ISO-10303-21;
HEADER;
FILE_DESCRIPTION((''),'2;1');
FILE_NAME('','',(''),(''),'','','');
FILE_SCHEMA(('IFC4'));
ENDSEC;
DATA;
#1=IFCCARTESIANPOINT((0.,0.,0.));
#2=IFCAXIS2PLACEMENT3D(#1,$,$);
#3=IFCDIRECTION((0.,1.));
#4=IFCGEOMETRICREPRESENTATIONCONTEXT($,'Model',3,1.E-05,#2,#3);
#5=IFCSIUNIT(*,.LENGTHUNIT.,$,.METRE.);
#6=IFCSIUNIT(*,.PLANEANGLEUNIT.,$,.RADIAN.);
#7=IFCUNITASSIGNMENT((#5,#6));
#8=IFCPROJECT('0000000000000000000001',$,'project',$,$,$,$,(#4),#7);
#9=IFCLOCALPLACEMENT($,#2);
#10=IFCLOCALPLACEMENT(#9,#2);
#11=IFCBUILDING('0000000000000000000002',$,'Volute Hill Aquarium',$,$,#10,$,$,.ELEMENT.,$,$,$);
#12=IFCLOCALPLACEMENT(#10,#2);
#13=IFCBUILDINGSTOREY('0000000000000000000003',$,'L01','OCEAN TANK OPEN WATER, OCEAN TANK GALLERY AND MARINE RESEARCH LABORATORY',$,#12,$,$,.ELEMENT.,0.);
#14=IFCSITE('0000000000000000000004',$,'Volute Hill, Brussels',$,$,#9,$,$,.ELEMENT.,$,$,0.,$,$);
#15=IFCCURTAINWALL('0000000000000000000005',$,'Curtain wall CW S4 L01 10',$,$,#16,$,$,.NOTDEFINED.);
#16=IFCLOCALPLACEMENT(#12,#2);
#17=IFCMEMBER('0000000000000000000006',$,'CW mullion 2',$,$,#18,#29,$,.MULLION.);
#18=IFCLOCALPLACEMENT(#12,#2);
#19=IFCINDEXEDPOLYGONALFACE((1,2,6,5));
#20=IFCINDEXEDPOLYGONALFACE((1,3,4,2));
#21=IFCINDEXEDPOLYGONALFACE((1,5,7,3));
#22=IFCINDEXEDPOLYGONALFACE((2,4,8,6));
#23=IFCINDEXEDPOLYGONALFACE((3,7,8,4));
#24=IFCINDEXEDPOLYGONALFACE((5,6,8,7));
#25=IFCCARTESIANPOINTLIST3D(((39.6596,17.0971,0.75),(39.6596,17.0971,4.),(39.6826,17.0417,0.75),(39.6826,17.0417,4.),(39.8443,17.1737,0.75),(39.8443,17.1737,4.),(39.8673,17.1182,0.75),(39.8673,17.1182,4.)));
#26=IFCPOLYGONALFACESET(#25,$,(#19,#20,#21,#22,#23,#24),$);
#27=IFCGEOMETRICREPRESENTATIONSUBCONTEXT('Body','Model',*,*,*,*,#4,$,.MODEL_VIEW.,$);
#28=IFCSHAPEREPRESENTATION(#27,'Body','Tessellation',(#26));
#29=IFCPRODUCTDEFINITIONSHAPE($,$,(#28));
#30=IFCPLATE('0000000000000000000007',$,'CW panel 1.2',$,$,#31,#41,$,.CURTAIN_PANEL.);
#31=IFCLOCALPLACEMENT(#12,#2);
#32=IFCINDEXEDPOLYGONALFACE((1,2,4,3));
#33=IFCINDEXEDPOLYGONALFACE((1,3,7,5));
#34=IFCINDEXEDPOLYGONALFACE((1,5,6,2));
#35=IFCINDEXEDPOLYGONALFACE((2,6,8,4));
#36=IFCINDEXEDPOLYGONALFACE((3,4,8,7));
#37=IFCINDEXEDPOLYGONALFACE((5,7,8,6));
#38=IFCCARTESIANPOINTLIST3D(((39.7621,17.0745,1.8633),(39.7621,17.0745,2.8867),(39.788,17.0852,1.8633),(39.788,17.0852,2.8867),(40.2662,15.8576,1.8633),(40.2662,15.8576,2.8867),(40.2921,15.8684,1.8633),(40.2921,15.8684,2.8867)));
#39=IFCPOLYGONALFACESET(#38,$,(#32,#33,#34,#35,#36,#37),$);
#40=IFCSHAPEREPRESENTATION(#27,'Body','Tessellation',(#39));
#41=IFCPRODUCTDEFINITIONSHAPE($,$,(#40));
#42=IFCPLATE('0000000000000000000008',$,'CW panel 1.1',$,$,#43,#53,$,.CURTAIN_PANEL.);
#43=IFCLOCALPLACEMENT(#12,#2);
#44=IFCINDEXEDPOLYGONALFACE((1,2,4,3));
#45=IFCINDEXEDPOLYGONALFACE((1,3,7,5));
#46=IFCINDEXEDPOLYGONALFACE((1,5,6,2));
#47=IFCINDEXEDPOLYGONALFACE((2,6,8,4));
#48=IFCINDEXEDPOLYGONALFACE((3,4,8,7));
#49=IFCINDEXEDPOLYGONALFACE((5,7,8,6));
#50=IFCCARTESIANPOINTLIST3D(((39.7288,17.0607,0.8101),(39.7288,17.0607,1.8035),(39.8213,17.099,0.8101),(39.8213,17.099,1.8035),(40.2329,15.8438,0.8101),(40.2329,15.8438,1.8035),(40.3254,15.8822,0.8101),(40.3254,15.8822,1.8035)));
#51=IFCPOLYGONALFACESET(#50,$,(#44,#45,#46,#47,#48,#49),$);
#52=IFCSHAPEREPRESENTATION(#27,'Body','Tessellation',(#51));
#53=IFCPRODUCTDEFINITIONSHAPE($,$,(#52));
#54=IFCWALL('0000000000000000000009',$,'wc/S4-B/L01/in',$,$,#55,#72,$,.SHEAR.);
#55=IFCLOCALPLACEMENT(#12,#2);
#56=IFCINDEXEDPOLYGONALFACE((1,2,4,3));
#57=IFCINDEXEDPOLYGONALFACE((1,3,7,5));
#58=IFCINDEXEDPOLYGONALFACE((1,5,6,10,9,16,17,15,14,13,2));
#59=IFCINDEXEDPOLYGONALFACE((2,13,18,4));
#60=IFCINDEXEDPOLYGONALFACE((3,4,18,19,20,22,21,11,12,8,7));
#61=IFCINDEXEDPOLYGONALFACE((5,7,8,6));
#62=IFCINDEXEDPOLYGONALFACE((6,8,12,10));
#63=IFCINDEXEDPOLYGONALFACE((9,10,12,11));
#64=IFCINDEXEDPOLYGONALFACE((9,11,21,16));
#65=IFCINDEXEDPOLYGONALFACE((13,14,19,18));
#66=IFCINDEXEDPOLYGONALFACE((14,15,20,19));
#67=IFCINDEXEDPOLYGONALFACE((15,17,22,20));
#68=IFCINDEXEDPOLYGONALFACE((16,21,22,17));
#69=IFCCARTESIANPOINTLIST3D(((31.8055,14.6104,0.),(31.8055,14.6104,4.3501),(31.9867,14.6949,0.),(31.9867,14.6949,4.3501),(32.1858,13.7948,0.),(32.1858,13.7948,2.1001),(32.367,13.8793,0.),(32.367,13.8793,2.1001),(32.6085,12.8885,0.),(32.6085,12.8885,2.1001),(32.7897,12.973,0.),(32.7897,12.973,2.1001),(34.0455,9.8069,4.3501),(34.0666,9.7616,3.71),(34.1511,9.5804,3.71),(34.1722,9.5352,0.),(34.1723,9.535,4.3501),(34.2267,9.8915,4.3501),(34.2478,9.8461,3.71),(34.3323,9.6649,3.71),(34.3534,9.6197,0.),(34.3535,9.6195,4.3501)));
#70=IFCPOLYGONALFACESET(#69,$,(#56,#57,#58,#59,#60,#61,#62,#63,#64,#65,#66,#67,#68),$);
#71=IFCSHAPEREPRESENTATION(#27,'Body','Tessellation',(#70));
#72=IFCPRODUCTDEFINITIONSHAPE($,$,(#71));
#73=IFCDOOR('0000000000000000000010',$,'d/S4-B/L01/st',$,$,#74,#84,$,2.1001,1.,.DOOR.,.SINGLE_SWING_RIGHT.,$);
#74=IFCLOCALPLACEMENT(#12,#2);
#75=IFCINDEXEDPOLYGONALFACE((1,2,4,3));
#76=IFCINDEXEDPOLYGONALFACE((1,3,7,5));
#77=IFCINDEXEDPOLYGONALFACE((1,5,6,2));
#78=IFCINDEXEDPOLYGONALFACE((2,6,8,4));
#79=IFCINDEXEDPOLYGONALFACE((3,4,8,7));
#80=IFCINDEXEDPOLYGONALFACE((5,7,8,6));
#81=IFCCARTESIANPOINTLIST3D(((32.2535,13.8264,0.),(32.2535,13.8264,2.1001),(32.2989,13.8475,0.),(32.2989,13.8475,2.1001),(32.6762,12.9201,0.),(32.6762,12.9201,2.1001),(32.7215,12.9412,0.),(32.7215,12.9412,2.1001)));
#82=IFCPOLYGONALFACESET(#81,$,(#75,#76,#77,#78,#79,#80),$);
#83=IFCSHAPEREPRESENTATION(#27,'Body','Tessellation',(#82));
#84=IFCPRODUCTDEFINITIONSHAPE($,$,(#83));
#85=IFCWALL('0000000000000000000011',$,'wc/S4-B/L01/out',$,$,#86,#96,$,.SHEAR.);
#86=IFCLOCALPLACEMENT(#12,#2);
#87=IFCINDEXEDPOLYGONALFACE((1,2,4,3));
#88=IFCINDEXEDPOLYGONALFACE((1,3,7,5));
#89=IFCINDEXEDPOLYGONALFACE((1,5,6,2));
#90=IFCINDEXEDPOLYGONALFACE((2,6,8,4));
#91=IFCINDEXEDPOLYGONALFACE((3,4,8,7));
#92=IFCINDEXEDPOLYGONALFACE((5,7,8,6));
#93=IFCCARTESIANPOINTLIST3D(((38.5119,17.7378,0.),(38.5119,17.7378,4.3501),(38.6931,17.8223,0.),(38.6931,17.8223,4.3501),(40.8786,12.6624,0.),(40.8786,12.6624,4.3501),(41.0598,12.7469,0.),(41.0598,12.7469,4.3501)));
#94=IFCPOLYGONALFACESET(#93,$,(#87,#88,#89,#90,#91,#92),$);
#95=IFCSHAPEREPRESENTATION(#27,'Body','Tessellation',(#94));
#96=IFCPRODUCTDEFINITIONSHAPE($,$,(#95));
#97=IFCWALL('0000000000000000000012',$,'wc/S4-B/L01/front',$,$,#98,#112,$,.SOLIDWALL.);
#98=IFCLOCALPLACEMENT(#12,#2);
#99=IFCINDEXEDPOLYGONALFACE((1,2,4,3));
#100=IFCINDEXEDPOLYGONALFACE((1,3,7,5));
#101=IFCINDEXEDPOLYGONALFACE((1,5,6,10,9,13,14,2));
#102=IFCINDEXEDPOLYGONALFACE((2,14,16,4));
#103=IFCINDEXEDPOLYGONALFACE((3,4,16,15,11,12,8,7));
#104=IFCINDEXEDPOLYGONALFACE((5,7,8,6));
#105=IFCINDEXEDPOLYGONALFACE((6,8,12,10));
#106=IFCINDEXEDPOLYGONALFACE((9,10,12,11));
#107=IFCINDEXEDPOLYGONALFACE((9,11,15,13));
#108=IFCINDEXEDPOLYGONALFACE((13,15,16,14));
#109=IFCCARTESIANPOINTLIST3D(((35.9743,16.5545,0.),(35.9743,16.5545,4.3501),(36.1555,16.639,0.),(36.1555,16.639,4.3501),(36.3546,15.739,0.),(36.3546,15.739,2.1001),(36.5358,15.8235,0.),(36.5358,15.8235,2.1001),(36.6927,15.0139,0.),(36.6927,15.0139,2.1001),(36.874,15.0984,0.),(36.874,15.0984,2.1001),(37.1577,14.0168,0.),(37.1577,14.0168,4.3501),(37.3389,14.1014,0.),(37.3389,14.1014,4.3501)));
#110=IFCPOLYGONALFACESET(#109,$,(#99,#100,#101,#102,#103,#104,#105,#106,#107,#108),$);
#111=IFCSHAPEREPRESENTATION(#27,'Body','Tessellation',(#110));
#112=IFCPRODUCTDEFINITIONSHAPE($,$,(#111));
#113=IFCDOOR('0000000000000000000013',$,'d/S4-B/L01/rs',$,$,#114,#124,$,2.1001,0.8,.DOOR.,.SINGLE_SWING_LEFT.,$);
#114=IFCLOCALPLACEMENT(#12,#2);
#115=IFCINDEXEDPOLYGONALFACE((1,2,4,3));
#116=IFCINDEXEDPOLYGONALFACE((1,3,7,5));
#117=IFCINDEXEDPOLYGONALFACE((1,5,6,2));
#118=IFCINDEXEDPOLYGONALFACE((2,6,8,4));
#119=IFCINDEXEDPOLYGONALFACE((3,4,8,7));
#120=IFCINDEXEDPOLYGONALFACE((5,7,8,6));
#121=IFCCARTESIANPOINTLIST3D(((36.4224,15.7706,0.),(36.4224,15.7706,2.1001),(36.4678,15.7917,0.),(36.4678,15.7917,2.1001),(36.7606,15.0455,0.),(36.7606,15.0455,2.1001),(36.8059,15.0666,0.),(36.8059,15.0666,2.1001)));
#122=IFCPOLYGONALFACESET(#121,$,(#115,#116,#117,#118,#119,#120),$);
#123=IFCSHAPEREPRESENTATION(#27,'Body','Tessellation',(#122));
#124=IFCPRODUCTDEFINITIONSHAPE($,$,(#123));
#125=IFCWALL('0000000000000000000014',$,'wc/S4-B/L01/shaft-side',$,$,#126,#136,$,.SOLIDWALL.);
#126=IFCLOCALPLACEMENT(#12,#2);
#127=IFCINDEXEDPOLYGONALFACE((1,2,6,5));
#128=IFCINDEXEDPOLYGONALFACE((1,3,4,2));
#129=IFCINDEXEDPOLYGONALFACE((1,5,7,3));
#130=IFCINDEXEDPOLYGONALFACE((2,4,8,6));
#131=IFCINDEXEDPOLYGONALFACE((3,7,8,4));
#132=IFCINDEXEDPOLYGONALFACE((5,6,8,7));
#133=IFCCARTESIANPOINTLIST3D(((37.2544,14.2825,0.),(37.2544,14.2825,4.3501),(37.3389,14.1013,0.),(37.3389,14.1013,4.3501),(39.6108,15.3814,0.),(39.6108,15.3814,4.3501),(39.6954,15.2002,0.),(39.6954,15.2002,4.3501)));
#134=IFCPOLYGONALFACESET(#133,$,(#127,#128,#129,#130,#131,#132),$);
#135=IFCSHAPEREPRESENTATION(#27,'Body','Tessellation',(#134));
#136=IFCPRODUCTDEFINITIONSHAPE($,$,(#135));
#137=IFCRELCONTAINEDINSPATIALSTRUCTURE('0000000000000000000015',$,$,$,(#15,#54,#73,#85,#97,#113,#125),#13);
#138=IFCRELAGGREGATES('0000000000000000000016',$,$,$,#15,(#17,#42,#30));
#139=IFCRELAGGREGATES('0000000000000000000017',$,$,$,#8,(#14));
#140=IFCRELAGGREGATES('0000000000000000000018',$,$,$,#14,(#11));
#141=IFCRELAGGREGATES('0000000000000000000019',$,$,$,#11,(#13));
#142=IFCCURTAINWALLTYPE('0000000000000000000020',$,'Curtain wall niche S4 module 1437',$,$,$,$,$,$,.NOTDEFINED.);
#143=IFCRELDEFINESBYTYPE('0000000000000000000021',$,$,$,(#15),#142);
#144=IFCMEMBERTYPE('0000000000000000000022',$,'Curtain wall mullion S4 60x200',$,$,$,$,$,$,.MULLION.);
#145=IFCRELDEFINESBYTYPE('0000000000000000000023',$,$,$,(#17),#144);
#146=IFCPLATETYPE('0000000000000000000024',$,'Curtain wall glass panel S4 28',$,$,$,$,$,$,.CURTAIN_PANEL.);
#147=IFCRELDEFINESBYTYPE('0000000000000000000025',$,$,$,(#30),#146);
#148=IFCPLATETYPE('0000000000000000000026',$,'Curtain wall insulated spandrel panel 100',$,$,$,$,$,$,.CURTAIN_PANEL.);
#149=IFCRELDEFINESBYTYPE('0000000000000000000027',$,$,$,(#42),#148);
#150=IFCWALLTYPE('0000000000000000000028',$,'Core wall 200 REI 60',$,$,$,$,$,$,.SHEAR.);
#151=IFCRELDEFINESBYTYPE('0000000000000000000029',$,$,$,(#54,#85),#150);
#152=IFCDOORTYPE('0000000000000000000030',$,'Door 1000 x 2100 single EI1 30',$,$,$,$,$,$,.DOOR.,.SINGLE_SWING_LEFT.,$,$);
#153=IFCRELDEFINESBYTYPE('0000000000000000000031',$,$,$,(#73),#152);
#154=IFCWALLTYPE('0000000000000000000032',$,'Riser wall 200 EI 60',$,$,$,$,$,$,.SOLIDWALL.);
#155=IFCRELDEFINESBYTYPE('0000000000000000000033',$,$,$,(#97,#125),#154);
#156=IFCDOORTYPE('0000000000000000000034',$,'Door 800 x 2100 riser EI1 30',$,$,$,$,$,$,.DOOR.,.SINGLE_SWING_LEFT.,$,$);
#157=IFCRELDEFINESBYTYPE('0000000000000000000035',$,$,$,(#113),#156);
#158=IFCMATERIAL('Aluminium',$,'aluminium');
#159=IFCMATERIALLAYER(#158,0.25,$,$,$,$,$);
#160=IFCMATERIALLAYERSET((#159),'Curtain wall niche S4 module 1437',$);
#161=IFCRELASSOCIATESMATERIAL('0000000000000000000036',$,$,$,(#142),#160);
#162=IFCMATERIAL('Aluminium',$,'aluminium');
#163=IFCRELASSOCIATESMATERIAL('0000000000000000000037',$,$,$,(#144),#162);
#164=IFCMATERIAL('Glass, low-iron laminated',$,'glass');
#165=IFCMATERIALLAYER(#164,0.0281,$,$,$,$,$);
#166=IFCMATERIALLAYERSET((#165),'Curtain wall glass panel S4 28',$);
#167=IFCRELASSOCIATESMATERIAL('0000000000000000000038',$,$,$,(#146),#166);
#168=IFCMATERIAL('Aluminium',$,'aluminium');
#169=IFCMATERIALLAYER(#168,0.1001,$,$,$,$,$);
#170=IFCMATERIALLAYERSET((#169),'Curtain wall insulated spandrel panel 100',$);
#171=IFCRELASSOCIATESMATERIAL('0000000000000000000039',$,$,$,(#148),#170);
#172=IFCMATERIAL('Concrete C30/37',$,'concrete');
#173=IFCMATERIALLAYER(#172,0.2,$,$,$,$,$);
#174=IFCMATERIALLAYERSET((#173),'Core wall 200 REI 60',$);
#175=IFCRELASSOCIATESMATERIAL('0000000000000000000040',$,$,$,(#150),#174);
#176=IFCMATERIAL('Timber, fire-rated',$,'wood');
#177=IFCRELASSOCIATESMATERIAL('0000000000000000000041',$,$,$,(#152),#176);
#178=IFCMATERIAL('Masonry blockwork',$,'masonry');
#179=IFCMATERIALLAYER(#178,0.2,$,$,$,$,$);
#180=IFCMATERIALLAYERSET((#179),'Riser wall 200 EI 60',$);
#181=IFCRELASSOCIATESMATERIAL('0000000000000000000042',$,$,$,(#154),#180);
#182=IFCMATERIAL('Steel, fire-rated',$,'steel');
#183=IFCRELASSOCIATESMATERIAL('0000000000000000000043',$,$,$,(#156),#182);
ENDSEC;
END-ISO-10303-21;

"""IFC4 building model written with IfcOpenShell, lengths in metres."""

from ifc_helpers import new_model, si_unit, direction, frame, frame_2d, origin, origin_2d, place, context, subcontext, project, spatial, polyline, rectangle, outline, extrude, material, layer, layer_set, material_profile, profile_set, type_object, element, fill, aggregate, save


model = new_model("IFC4")

# Units and contexts
model_context = context("Model", 3, precision=1e-05, world=origin(), true_north=direction((0.0, 1.0)))
body_context = subcontext(model_context, "Body", "Model", "MODEL_VIEW")
ifc_project = project(units=[si_unit("LENGTHUNIT", "METRE"), si_unit("PLANEANGLEUNIT", "RADIAN")], contexts=[model_context])

# Site, building, storey
site_placement = place(None, origin())
site = spatial("IfcSite", under=ifc_project, at=site_placement, Name="Volute Hill, Brussels", CompositionType="ELEMENT", RefElevation=0.0)
building_placement = place(site_placement, origin())
building = spatial("IfcBuilding", under=site, at=building_placement, Name="Volute Hill Aquarium", CompositionType="ELEMENT")
storey_placement = place(building_placement, origin())
storey = spatial("IfcBuildingStorey", under=building, at=storey_placement, Name="L01", Description="OCEAN TANK OPEN WATER, OCEAN TANK GALLERY AND MARINE RESEARCH LABORATORY", CompositionType="ELEMENT", Elevation=0.0)

# Curtain wall, member, plates
ifc_material_1 = material(Name="Aluminium", Category="aluminium")
ifc_layer_1 = layer(ifc_material_1, 0.25)
ifc_layer_set_1 = layer_set([ifc_layer_1], Name="Curtain wall niche S4 module 1437")
curtain_wall_type = type_object("IfcCurtainWallType", Name="Curtain wall niche S4 module 1437", PredefinedType="NOTDEFINED", material=ifc_layer_set_1)
curtain_wall_placement = place(storey_placement, origin())
curtain_wall = element("IfcCurtainWall", 1, at=curtain_wall_placement, inside=storey, type_object=curtain_wall_type, Name="Curtain wall CW S4 L01 10", PredefinedType="NOTDEFINED")
ifc_material_2 = material(Name="Aluminium", Category="aluminium")
ifc_material_profile = material_profile(ifc_material_2, rectangle(XDim=0.2, YDim=0.0601, at=origin_2d()), Name="Curtain wall mullion S4 60x200")
ifc_profile_set = profile_set([ifc_material_profile], Name="Aluminium")
member_type = type_object("IfcMemberType", Name="Curtain wall mullion S4 60x200", PredefinedType="MULLION", material=ifc_profile_set)
member_placement = place(storey_placement, frame((39.7634, 17.1077, 0.75), z_axis=(0.0, 0.0, 1.0), x_axis=(-0.923874, -0.382697, 0.0)))
member = element("IfcMember", 2, at=member_placement, type_object=member_type, Name="CW mullion 2", PredefinedType="MULLION", context=body_context, shape_type="SweptSolid", body=[
    extrude(rectangle(XDim=0.2, YDim=0.0601, at=origin_2d()), origin(), (0.0, 0.0, 1.0), 3.25),
])
ifc_material_3 = material(Name="Glass, low-iron laminated", Category="glass")
ifc_layer_2 = layer(ifc_material_3, 0.0281)
ifc_layer_set_2 = layer_set([ifc_layer_2], Name="Curtain wall glass panel S4 28")
plate_type_1 = type_object("IfcPlateType", Name="Curtain wall glass panel S4 28", PredefinedType="CURTAIN_PANEL", material=ifc_layer_set_2)
plate_1_placement = place(storey_placement, frame((40.0271, 16.4714, 1.8633), z_axis=(0.0, 0.0, 1.0), x_axis=(-0.382697, 0.923874, 0.0)))
plate_1 = element("IfcPlate", 3, at=plate_1_placement, type_object=plate_type_1, Name="CW panel 1.2", PredefinedType="CURTAIN_PANEL", context=body_context, shape_type="SweptSolid", body=[
    extrude(rectangle(XDim=1.3171, YDim=0.0281, at=origin_2d()), origin(), (0.0, 0.0, 1.0), 1.0234),
])
ifc_material_4 = material(Name="Aluminium", Category="aluminium")
ifc_layer_3 = layer(ifc_material_4, 0.1001)
ifc_layer_set_3 = layer_set([ifc_layer_3], Name="Curtain wall insulated spandrel panel 100")
plate_type_2 = type_object("IfcPlateType", Name="Curtain wall insulated spandrel panel 100", PredefinedType="CURTAIN_PANEL", material=ifc_layer_set_3)
plate_2_placement = place(storey_placement, frame((40.0271, 16.4714, 0.8101), z_axis=(0.0, 0.0, 1.0), x_axis=(-0.382697, 0.923874, 0.0)))
plate_2 = element("IfcPlate", 4, at=plate_2_placement, type_object=plate_type_2, Name="CW panel 1.1", PredefinedType="CURTAIN_PANEL", context=body_context, shape_type="SweptSolid", body=[
    extrude(rectangle(XDim=1.3171, YDim=0.1001, at=origin_2d()), origin(), (0.0, 0.0, 1.0), 0.9934),
])
aggregate(curtain_wall, [member, plate_2, plate_1])

# Wall, opening, door
ifc_material_5 = material(Name="Concrete C30/37", Category="concrete")
ifc_layer_4 = layer(ifc_material_5, 0.2)
ifc_layer_set_4 = layer_set([ifc_layer_4], Name="Core wall 200 REI 60")
wall_type_1 = type_object("IfcWallType", Name="Core wall 200 REI 60", PredefinedType="SHEAR", material=ifc_layer_set_4)
wall_1_placement = place(storey_placement, frame((31.896, 14.6526, 0.0), z_axis=(0.0, 0.0, 1.0), x_axis=(0.422632, -0.906301, 0.0)))
wall_1 = element("IfcWall", 5, at=wall_1_placement, inside=storey, type_object=wall_type_1, Name="wc/S4-B/L01/in", PredefinedType="SHEAR", context=body_context, shape_type="SweptSolid", body=[
    extrude(outline(polyline([(0.0, 0.0), (5.5999, 0.0), (5.6001, 4.3501), (5.55, 3.71), (5.3501, 3.71), (5.3, 4.3501), (0.0, 4.3501), (0.0, 0.0)])), frame((0.0, 0.1001, 0.0), z_axis=(0.0, -1.0, 0.0), x_axis=(1.0, 0.0, 0.0)), (0.0, 0.0, 1.0), 0.2),
])
opening_1_placement = place(wall_1_placement, frame((0.8999, 0.0, 0.0)))
opening_1 = element("IfcOpeningElement", 6, at=opening_1_placement, cuts=wall_1, PredefinedType="OPENING", context=body_context, shape_type="SweptSolid", body=[
    extrude(rectangle(XDim=1.0, YDim=2.1001, at=frame_2d((0.5, 1.05))), frame((0.0, 0.1099, 0.0), z_axis=(0.0, -1.0, 0.0), x_axis=(1.0, 0.0, 0.0)), (0.0, 0.0, 1.0), 0.22),
])
ifc_material_6 = material(Name="Timber, fire-rated", Category="wood")
door_type_1 = type_object("IfcDoorType", Name="Door 1000 x 2100 single EI1 30", OperationType="SINGLE_SWING_LEFT", PredefinedType="DOOR", material=ifc_material_6)
door_1_placement = place(opening_1_placement, origin())
door_1 = element("IfcDoor", 7, at=door_1_placement, inside=storey, type_object=door_type_1, Name="d/S4-B/L01/st", OperationType="SINGLE_SWING_RIGHT", OverallHeight=2.1001, OverallWidth=1.0, PredefinedType="DOOR", context=body_context, shape_type="SweptSolid", body=[
    extrude(rectangle(XDim=1.0, YDim=2.1001, at=frame_2d((0.5, 1.05))), frame((0.0, 0.0249, 0.0), z_axis=(0.0, -1.0, 0.0), x_axis=(1.0, 0.0, 0.0)), (0.0, 0.0, 1.0), 0.05),
])
fill(opening_1, door_1)

# Wall
wall_2_placement = place(storey_placement, frame((38.6025, 17.78, 0.0), z_axis=(0.0, 0.0, 1.0), x_axis=(0.422616, -0.906309, 0.0)))
element("IfcWall", 8, at=wall_2_placement, inside=storey, type_object=wall_type_1, Name="wc/S4-B/L01/out", PredefinedType="SHEAR", context=body_context, shape_type="SweptSolid", body=[
    extrude(rectangle(XDim=5.6001, YDim=0.2, at=frame_2d((2.8, 0.0))), origin(), (0.0, 0.0, 1.0), 4.3501),
])

# Wall, opening, door
ifc_material_7 = material(Name="Masonry blockwork", Category="masonry")
ifc_layer_5 = layer(ifc_material_7, 0.2)
ifc_layer_set_5 = layer_set([ifc_layer_5], Name="Riser wall 200 EI 60")
wall_type_2 = type_object("IfcWallType", Name="Riser wall 200 EI 60", PredefinedType="SOLIDWALL", material=ifc_layer_set_5)
wall_3_placement = place(storey_placement, frame((36.0649, 16.5967, 0.0), z_axis=(0.0, 0.0, 1.0), x_axis=(0.422632, -0.906301, 0.0)))
wall_3 = element("IfcWall", 9, at=wall_3_placement, inside=storey, type_object=wall_type_2, Name="wc/S4-B/L01/front", PredefinedType="SOLIDWALL", context=body_context, shape_type="SweptSolid", body=[
    extrude(rectangle(XDim=2.8, YDim=0.2, at=frame_2d((1.3999, 0.0))), origin(), (0.0, 0.0, 1.0), 4.3501),
])
opening_2_placement = place(wall_3_placement, frame((0.8999, 0.0, 0.0)))
opening_2 = element("IfcOpeningElement", 10, at=opening_2_placement, cuts=wall_3, PredefinedType="OPENING", context=body_context, shape_type="SweptSolid", body=[
    extrude(rectangle(XDim=0.8, YDim=2.1001, at=frame_2d((0.3999, 1.05))), frame((0.0, 0.1099, 0.0), z_axis=(0.0, -1.0, 0.0), x_axis=(1.0, 0.0, 0.0)), (0.0, 0.0, 1.0), 0.22),
])
ifc_material_8 = material(Name="Steel, fire-rated", Category="steel")
door_type_2 = type_object("IfcDoorType", Name="Door 800 x 2100 riser EI1 30", OperationType="SINGLE_SWING_LEFT", PredefinedType="DOOR", material=ifc_material_8)
door_2_placement = place(opening_2_placement, origin())
door_2 = element("IfcDoor", 11, at=door_2_placement, inside=storey, type_object=door_type_2, Name="d/S4-B/L01/rs", OperationType="SINGLE_SWING_LEFT", OverallHeight=2.1001, OverallWidth=0.8, PredefinedType="DOOR", context=body_context, shape_type="SweptSolid", body=[
    extrude(rectangle(XDim=0.8, YDim=2.1001, at=frame_2d((0.3999, 1.05))), frame((0.0, 0.0249, 0.0), z_axis=(0.0, -1.0, 0.0), x_axis=(1.0, 0.0, 0.0)), (0.0, 0.0, 1.0), 0.05),
])
fill(opening_2, door_2)

# Wall
wall_4_placement = place(storey_placement, frame((37.2966, 14.1919, 0.0), z_axis=(0.0, 0.0, 1.0), x_axis=(0.906301, 0.422634, 0.0)))
element("IfcWall", 12, at=wall_4_placement, inside=storey, type_object=wall_type_2, Name="wc/S4-B/L01/shaft-side", PredefinedType="SOLIDWALL", context=body_context, shape_type="SweptSolid", body=[
    extrude(rectangle(XDim=2.6001, YDim=0.2, at=frame_2d((1.3, 0.0))), origin(), (0.0, 0.0, 1.0), 4.3501),
])

save(model, "model.ifc")
